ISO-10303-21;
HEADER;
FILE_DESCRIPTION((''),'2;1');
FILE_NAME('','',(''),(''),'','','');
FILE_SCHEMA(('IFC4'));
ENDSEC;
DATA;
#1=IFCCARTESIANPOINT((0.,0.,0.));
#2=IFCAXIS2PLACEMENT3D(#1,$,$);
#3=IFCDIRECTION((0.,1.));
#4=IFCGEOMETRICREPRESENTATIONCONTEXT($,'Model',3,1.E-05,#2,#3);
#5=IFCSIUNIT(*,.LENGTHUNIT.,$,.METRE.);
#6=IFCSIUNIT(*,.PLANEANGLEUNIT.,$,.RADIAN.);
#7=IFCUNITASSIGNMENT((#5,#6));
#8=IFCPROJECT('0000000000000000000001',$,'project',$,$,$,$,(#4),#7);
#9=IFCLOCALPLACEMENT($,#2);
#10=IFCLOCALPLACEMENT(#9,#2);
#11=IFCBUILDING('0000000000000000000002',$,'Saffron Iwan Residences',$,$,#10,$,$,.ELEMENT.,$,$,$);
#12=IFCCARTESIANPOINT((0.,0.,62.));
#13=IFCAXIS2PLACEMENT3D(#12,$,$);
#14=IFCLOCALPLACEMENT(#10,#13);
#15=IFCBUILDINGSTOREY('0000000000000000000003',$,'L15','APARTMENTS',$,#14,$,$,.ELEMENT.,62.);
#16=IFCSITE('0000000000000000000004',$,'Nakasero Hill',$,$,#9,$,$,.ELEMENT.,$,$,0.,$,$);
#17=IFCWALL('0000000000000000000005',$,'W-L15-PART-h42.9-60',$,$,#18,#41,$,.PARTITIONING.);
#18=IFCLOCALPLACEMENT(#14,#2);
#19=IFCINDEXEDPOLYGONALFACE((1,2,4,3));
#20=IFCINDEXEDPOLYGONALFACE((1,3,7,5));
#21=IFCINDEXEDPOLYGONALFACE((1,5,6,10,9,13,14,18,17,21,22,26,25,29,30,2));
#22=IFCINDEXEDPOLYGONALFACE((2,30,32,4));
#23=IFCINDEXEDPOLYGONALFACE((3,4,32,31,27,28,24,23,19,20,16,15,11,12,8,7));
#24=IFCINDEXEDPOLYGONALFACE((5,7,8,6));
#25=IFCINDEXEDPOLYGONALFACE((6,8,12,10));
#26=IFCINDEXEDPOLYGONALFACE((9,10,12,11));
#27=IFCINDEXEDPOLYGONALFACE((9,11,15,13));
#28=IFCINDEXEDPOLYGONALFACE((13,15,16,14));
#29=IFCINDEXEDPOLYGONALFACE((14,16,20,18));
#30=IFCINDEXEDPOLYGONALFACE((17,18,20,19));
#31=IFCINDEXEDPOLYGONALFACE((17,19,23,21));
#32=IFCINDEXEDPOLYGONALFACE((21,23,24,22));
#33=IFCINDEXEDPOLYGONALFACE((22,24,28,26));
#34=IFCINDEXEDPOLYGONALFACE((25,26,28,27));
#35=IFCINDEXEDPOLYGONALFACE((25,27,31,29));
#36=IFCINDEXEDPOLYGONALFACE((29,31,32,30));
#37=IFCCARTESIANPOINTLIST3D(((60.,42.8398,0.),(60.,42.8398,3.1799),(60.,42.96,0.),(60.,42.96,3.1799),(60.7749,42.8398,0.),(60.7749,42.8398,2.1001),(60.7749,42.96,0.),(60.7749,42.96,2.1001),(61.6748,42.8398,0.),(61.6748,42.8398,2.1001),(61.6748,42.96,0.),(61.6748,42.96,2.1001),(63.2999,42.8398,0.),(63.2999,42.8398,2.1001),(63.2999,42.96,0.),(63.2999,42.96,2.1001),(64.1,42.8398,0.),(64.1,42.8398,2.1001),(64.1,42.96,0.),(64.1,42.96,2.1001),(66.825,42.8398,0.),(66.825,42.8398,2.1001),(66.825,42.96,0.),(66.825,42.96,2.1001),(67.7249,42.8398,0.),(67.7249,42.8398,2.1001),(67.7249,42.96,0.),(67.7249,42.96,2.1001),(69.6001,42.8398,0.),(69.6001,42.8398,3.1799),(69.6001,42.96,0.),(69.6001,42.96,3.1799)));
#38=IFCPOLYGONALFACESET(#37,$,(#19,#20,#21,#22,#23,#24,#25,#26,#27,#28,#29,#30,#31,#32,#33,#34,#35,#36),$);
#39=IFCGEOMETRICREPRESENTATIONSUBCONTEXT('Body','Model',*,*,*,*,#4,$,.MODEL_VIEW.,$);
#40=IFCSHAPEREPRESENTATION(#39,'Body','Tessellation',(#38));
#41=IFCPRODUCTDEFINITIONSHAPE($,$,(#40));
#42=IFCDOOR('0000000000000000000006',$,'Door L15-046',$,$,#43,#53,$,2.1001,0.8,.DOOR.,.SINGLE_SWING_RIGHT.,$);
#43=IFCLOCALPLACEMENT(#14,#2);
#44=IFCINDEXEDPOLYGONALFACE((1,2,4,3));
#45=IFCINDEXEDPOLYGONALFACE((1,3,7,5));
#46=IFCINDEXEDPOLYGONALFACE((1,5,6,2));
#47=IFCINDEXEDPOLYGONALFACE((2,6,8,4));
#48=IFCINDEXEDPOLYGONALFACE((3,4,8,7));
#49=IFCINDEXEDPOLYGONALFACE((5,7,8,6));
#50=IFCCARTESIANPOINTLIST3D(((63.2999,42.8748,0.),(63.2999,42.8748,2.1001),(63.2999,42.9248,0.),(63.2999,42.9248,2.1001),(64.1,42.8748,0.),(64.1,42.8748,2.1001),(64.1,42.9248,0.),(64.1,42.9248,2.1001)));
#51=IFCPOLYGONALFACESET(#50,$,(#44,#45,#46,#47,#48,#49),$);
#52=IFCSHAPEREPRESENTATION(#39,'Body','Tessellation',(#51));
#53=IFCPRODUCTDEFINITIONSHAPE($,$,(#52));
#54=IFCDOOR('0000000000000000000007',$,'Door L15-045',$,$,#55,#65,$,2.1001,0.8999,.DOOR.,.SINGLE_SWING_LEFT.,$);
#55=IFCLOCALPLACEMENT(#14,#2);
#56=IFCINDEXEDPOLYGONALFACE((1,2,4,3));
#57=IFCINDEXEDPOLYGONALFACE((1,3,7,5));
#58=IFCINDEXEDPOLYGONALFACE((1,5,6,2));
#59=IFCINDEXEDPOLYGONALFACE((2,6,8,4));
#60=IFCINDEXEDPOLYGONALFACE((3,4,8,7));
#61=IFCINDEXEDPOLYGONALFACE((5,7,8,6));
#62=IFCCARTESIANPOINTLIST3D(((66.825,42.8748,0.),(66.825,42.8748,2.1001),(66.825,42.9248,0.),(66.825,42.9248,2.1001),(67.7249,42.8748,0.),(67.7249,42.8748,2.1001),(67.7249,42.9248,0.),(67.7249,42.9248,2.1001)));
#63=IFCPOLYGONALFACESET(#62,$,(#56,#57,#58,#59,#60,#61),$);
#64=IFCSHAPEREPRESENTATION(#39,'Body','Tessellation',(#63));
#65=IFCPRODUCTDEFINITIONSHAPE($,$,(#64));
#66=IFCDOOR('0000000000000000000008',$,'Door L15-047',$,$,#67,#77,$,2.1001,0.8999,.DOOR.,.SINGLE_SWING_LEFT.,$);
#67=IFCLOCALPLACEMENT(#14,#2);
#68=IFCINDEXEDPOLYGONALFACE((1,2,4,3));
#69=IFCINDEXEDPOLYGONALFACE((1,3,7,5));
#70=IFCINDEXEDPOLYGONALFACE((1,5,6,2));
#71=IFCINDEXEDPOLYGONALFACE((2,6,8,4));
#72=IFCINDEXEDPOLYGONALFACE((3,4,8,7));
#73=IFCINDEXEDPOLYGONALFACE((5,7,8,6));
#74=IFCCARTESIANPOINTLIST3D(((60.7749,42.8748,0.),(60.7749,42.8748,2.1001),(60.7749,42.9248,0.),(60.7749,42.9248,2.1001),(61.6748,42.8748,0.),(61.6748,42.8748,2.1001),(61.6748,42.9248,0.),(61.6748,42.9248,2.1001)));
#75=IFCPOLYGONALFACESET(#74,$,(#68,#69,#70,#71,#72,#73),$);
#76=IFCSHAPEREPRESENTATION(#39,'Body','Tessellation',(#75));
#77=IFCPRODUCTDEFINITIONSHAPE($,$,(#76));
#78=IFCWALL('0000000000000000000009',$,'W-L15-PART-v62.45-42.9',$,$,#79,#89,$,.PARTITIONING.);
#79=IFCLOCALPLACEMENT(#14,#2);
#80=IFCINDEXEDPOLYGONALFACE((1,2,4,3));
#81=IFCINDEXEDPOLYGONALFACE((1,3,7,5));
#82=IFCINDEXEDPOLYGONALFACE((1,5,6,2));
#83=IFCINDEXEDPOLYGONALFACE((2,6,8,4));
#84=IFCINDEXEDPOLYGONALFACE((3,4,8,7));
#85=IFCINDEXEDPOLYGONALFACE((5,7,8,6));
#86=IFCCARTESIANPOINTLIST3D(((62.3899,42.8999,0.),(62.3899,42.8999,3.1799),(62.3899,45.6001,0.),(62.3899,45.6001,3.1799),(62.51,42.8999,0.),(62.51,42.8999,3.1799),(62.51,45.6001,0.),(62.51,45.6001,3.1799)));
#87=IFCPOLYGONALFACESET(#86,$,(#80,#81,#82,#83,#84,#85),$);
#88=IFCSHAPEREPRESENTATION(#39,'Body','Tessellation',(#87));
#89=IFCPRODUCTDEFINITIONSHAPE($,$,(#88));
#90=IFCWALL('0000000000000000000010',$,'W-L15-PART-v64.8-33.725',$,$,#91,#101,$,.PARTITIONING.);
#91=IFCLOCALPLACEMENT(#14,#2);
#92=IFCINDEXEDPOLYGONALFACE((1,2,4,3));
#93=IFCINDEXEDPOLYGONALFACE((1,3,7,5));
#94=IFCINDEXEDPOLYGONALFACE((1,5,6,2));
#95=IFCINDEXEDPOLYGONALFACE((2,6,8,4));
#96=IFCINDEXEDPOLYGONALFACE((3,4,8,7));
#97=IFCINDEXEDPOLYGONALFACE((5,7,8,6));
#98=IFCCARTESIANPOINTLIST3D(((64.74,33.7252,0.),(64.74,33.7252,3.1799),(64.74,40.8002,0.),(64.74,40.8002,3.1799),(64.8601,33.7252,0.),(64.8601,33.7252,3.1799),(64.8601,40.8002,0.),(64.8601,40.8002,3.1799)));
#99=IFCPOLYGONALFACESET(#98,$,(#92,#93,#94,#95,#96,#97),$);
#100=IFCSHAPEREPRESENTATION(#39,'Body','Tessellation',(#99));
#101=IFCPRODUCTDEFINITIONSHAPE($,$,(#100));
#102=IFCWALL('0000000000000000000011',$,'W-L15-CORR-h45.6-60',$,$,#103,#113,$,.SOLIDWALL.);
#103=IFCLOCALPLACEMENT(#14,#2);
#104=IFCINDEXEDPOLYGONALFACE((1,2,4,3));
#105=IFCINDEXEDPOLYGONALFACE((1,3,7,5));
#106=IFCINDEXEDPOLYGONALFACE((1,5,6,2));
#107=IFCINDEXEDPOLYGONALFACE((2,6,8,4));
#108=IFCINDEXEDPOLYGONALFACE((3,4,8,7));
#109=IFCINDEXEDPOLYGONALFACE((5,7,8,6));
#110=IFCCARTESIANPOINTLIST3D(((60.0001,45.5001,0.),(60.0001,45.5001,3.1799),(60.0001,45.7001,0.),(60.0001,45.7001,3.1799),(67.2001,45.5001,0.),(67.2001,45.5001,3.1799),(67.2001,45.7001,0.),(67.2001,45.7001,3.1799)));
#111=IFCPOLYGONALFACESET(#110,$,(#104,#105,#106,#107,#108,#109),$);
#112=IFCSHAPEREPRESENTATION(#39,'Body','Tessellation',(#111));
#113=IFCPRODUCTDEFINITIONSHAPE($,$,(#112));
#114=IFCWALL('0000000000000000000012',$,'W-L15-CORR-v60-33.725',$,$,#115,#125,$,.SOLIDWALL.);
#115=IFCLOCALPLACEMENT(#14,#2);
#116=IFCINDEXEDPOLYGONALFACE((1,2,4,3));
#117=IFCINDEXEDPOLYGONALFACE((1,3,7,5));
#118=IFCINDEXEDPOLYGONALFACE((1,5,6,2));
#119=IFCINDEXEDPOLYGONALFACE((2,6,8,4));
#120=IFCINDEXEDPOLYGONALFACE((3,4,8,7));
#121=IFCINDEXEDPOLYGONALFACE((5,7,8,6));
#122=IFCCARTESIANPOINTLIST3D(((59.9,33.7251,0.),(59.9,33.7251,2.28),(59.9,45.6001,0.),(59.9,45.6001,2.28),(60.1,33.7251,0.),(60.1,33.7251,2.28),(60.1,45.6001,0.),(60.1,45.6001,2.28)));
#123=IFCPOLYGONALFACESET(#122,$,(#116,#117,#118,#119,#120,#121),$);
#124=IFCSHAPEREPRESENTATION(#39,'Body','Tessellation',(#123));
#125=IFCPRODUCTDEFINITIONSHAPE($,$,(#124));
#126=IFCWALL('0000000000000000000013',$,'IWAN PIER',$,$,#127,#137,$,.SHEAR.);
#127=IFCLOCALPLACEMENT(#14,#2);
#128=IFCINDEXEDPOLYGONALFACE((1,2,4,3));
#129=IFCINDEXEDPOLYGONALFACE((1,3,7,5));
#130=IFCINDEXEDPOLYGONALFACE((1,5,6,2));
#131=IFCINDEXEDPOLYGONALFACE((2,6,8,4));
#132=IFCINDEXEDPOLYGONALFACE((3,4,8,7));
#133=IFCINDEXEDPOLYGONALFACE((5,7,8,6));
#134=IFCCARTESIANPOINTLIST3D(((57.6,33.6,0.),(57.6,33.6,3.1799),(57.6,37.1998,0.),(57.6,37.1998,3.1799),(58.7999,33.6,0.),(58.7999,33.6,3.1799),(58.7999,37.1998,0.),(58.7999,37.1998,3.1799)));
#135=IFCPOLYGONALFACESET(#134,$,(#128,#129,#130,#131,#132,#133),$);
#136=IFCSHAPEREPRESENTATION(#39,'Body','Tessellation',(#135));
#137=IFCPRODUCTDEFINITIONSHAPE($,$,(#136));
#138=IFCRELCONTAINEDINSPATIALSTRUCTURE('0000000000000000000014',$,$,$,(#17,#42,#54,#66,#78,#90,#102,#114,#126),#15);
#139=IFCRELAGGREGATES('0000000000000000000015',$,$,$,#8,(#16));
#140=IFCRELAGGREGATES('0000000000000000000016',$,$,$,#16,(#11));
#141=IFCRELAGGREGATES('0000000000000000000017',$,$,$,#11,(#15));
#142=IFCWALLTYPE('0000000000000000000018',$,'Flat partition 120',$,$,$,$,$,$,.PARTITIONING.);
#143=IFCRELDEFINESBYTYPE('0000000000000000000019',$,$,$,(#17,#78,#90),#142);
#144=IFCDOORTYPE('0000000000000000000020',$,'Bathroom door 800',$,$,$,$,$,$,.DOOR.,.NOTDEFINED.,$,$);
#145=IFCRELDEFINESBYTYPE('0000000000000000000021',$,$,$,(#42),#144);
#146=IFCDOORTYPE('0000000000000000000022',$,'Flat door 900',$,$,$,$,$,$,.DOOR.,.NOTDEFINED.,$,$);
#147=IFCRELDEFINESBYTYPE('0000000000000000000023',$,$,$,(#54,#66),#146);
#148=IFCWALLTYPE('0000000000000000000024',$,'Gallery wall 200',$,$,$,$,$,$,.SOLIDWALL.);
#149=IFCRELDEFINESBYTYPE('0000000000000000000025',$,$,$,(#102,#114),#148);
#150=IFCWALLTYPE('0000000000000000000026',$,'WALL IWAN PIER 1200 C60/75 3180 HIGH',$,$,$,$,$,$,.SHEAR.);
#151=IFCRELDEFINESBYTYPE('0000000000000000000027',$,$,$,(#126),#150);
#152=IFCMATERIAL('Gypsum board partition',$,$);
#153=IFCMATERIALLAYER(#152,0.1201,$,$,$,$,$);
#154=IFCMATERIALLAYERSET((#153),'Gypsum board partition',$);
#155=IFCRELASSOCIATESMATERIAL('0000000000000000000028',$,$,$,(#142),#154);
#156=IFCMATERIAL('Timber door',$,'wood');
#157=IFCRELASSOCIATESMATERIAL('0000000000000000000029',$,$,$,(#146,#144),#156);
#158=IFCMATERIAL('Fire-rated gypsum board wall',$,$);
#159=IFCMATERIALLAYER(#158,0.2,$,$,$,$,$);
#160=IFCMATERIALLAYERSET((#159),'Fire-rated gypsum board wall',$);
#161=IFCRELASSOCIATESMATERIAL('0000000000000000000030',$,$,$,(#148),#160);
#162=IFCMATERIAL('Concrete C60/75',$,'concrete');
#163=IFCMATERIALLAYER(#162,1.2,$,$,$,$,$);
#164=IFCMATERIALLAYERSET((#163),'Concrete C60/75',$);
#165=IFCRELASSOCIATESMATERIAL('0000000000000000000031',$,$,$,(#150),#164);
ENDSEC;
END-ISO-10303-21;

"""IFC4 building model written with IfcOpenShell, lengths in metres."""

from ifc_helpers import new_model, si_unit, direction, frame, frame_2d, origin, place, context, subcontext, project, spatial, rectangle, extrude, material, layer, layer_set, type_object, element, fill, save


model = new_model("IFC4")

# Units and contexts
model_context = context("Model", 3, precision=1e-05, world=origin(), true_north=direction((0.0, 1.0)))
body_context = subcontext(model_context, "Body", "Model", "MODEL_VIEW")
ifc_project = project(units=[si_unit("LENGTHUNIT", "METRE"), si_unit("PLANEANGLEUNIT", "RADIAN")], contexts=[model_context])

# Site, building, storey
site_placement = place(None, origin())
site = spatial("IfcSite", under=ifc_project, at=site_placement, Name="Nakasero Hill", CompositionType="ELEMENT", RefElevation=0.0)
building_placement = place(site_placement, origin())
building = spatial("IfcBuilding", under=site, at=building_placement, Name="Saffron Iwan Residences", CompositionType="ELEMENT")
storey_placement = place(building_placement, frame((0.0, 0.0, 62.0)))
storey = spatial("IfcBuildingStorey", under=building, at=storey_placement, Name="L15", Description="APARTMENTS", CompositionType="ELEMENT", Elevation=62.0)

# Shared definitions
ifc_material_1 = material(Name="Concrete C60/75", Category="concrete")

# Wall, openings, doors
ifc_material_2 = material(Name="Gypsum board partition")
ifc_layer_1 = layer(ifc_material_2, 0.1201)
ifc_layer_set_1 = layer_set([ifc_layer_1], Name="Gypsum board partition")
wall_type_1 = type_object("IfcWallType", Name="Flat partition 120", PredefinedType="PARTITIONING", material=ifc_layer_set_1)
ifc_material_3 = material(Name="Timber door", Category="wood")
door_type_1 = type_object("IfcDoorType", Name="Flat door 900", OperationType="NOTDEFINED", PredefinedType="DOOR", material=ifc_material_3)
wall_1_placement = place(storey_placement, frame((60.0, 42.8999, 0.0), z_axis=(0.0, 0.0, 1.0), x_axis=(1.0, 0.0, 0.0)))
wall_1 = element("IfcWall", 1, at=wall_1_placement, inside=storey, type_object=wall_type_1, Name="W-L15-PART-h42.9-60", PredefinedType="PARTITIONING", context=body_context, shape_type="SweptSolid", body=[
    extrude(rectangle(XDim=9.6001, YDim=0.1201, at=frame_2d((4.8, 0.0))), origin(), (0.0, 0.0, 1.0), 3.1799),
])
opening_1_placement = place(wall_1_placement, frame((6.825, 0.0, 0.0)))
opening_1 = element("IfcOpeningElement", 2, at=opening_1_placement, cuts=wall_1, PredefinedType="OPENING", context=body_context, shape_type="SweptSolid", body=[
    extrude(rectangle(XDim=0.8999, YDim=2.1001, at=frame_2d((0.45, 1.05))), frame((0.0, 0.0701, 0.0), z_axis=(0.0, -1.0, 0.0), x_axis=(1.0, 0.0, 0.0)), (0.0, 0.0, 1.0), 0.1401),
])
opening_2_placement = place(wall_1_placement, frame((3.3, 0.0, 0.0)))
opening_2 = element("IfcOpeningElement", 3, at=opening_2_placement, cuts=wall_1, PredefinedType="OPENING", context=body_context, shape_type="SweptSolid", body=[
    extrude(rectangle(XDim=0.8, YDim=2.1001, at=frame_2d((0.3999, 1.05))), frame((0.0, 0.0701, 0.0), z_axis=(0.0, -1.0, 0.0), x_axis=(1.0, 0.0, 0.0)), (0.0, 0.0, 1.0), 0.1401),
])
opening_3_placement = place(wall_1_placement, frame((0.7749, 0.0, 0.0)))
opening_3 = element("IfcOpeningElement", 4, at=opening_3_placement, cuts=wall_1, PredefinedType="OPENING", context=body_context, shape_type="SweptSolid", body=[
    extrude(rectangle(XDim=0.8999, YDim=2.1001, at=frame_2d((0.45, 1.05))), frame((0.0, 0.0701, 0.0), z_axis=(0.0, -1.0, 0.0), x_axis=(1.0, 0.0, 0.0)), (0.0, 0.0, 1.0), 0.1401),
])
door_type_2 = type_object("IfcDoorType", Name="Bathroom door 800", OperationType="NOTDEFINED", PredefinedType="DOOR", material=ifc_material_3)
door_1_placement = place(opening_2_placement, origin())
door_1 = element("IfcDoor", 5, at=door_1_placement, inside=storey, type_object=door_type_2, Name="Door L15-046", OperationType="SINGLE_SWING_RIGHT", OverallHeight=2.1001, OverallWidth=0.8, PredefinedType="DOOR", context=body_context, shape_type="SweptSolid", body=[
    extrude(rectangle(XDim=0.8, YDim=2.1001, at=frame_2d((0.3999, 1.05))), frame((0.0, 0.0249, 0.0), z_axis=(0.0, -1.0, 0.0), x_axis=(1.0, 0.0, 0.0)), (0.0, 0.0, 1.0), 0.05),
])
fill(opening_2, door_1)
door_2_placement = place(opening_1_placement, origin())
door_2 = element("IfcDoor", 6, at=door_2_placement, inside=storey, type_object=door_type_1, Name="Door L15-045", OperationType="SINGLE_SWING_LEFT", OverallHeight=2.1001, OverallWidth=0.8999, PredefinedType="DOOR", context=body_context, shape_type="SweptSolid", body=[
    extrude(rectangle(XDim=0.8999, YDim=2.1001, at=frame_2d((0.45, 1.05))), frame((0.0, 0.0249, 0.0), z_axis=(0.0, -1.0, 0.0), x_axis=(1.0, 0.0, 0.0)), (0.0, 0.0, 1.0), 0.05),
])
fill(opening_1, door_2)
door_3_placement = place(opening_3_placement, origin())
door_3 = element("IfcDoor", 7, at=door_3_placement, inside=storey, type_object=door_type_1, Name="Door L15-047", OperationType="SINGLE_SWING_LEFT", OverallHeight=2.1001, OverallWidth=0.8999, PredefinedType="DOOR", context=body_context, shape_type="SweptSolid", body=[
    extrude(rectangle(XDim=0.8999, YDim=2.1001, at=frame_2d((0.45, 1.05))), frame((0.0, 0.0249, 0.0), z_axis=(0.0, -1.0, 0.0), x_axis=(1.0, 0.0, 0.0)), (0.0, 0.0, 1.0), 0.05),
])
fill(opening_3, door_3)

# Walls
wall_2_placement = place(storey_placement, frame((62.45, 42.8999, 0.0), z_axis=(0.0, 0.0, 1.0), x_axis=(0.0, 1.0, 0.0)))
element("IfcWall", 8, at=wall_2_placement, inside=storey, type_object=wall_type_1, Name="W-L15-PART-v62.45-42.9", PredefinedType="PARTITIONING", context=body_context, shape_type="SweptSolid", body=[
    extrude(rectangle(XDim=2.7002, YDim=0.1201, at=frame_2d((1.3501, 0.0))), origin(), (0.0, 0.0, 1.0), 3.1799),
])
wall_3_placement = place(storey_placement, frame((64.8, 33.7251, 0.0), z_axis=(0.0, 0.0, 1.0), x_axis=(0.0, 1.0, 0.0)))
element("IfcWall", 9, at=wall_3_placement, inside=storey, type_object=wall_type_1, Name="W-L15-PART-v64.8-33.725", PredefinedType="PARTITIONING", context=body_context, shape_type="SweptSolid", body=[
    extrude(rectangle(XDim=7.075, YDim=0.1201, at=frame_2d((3.5376, 0.0))), origin(), (0.0, 0.0, 1.0), 3.1799),
])
ifc_material_4 = material(Name="Fire-rated gypsum board wall")
ifc_layer_2 = layer(ifc_material_4, 0.2)
ifc_layer_set_2 = layer_set([ifc_layer_2], Name="Fire-rated gypsum board wall")
wall_type_2 = type_object("IfcWallType", Name="Gallery wall 200", PredefinedType="SOLIDWALL", material=ifc_layer_set_2)
wall_4_placement = place(storey_placement, frame((60.0, 45.6001, 0.0), z_axis=(0.0, 0.0, 1.0), x_axis=(1.0, 0.0, 0.0)))
element("IfcWall", 10, at=wall_4_placement, inside=storey, type_object=wall_type_2, Name="W-L15-CORR-h45.6-60", PredefinedType="SOLIDWALL", context=body_context, shape_type="SweptSolid", body=[
    extrude(rectangle(XDim=7.2, YDim=0.2, at=frame_2d((3.6001, 0.0))), origin(), (0.0, 0.0, 1.0), 3.1799),
])
wall_5_placement = place(storey_placement, frame((60.0, 33.7251, 0.0), z_axis=(0.0, 0.0, 1.0), x_axis=(0.0, 1.0, 0.0)))
element("IfcWall", 11, at=wall_5_placement, inside=storey, type_object=wall_type_2, Name="W-L15-CORR-v60-33.725", PredefinedType="SOLIDWALL", context=body_context, shape_type="SweptSolid", body=[
    extrude(rectangle(XDim=11.875, YDim=0.2, at=frame_2d((5.9375, 0.0))), origin(), (0.0, 0.0, 1.0), 2.28),
])
ifc_layer_3 = layer(ifc_material_1, 1.2)
ifc_layer_set_3 = layer_set([ifc_layer_3], Name="Concrete C60/75")
wall_type_3 = type_object("IfcWallType", Name="WALL IWAN PIER 1200 C60/75 3180 HIGH", PredefinedType="SHEAR", material=ifc_layer_set_3)
wall_6_placement = place(storey_placement, frame((58.2, 33.6001, 0.0), z_axis=(0.0, 0.0, 1.0), x_axis=(0.0, 1.0, 0.0)))
element("IfcWall", 12, at=wall_6_placement, inside=storey, type_object=wall_type_3, Name="IWAN PIER", PredefinedType="SHEAR", context=body_context, shape_type="SweptSolid", body=[
    extrude(rectangle(XDim=3.5999, YDim=1.2, at=frame_2d((1.7998, 0.0))), origin(), (0.0, 0.0, 1.0), 3.1799),
])

save(model, "model.ifc")
